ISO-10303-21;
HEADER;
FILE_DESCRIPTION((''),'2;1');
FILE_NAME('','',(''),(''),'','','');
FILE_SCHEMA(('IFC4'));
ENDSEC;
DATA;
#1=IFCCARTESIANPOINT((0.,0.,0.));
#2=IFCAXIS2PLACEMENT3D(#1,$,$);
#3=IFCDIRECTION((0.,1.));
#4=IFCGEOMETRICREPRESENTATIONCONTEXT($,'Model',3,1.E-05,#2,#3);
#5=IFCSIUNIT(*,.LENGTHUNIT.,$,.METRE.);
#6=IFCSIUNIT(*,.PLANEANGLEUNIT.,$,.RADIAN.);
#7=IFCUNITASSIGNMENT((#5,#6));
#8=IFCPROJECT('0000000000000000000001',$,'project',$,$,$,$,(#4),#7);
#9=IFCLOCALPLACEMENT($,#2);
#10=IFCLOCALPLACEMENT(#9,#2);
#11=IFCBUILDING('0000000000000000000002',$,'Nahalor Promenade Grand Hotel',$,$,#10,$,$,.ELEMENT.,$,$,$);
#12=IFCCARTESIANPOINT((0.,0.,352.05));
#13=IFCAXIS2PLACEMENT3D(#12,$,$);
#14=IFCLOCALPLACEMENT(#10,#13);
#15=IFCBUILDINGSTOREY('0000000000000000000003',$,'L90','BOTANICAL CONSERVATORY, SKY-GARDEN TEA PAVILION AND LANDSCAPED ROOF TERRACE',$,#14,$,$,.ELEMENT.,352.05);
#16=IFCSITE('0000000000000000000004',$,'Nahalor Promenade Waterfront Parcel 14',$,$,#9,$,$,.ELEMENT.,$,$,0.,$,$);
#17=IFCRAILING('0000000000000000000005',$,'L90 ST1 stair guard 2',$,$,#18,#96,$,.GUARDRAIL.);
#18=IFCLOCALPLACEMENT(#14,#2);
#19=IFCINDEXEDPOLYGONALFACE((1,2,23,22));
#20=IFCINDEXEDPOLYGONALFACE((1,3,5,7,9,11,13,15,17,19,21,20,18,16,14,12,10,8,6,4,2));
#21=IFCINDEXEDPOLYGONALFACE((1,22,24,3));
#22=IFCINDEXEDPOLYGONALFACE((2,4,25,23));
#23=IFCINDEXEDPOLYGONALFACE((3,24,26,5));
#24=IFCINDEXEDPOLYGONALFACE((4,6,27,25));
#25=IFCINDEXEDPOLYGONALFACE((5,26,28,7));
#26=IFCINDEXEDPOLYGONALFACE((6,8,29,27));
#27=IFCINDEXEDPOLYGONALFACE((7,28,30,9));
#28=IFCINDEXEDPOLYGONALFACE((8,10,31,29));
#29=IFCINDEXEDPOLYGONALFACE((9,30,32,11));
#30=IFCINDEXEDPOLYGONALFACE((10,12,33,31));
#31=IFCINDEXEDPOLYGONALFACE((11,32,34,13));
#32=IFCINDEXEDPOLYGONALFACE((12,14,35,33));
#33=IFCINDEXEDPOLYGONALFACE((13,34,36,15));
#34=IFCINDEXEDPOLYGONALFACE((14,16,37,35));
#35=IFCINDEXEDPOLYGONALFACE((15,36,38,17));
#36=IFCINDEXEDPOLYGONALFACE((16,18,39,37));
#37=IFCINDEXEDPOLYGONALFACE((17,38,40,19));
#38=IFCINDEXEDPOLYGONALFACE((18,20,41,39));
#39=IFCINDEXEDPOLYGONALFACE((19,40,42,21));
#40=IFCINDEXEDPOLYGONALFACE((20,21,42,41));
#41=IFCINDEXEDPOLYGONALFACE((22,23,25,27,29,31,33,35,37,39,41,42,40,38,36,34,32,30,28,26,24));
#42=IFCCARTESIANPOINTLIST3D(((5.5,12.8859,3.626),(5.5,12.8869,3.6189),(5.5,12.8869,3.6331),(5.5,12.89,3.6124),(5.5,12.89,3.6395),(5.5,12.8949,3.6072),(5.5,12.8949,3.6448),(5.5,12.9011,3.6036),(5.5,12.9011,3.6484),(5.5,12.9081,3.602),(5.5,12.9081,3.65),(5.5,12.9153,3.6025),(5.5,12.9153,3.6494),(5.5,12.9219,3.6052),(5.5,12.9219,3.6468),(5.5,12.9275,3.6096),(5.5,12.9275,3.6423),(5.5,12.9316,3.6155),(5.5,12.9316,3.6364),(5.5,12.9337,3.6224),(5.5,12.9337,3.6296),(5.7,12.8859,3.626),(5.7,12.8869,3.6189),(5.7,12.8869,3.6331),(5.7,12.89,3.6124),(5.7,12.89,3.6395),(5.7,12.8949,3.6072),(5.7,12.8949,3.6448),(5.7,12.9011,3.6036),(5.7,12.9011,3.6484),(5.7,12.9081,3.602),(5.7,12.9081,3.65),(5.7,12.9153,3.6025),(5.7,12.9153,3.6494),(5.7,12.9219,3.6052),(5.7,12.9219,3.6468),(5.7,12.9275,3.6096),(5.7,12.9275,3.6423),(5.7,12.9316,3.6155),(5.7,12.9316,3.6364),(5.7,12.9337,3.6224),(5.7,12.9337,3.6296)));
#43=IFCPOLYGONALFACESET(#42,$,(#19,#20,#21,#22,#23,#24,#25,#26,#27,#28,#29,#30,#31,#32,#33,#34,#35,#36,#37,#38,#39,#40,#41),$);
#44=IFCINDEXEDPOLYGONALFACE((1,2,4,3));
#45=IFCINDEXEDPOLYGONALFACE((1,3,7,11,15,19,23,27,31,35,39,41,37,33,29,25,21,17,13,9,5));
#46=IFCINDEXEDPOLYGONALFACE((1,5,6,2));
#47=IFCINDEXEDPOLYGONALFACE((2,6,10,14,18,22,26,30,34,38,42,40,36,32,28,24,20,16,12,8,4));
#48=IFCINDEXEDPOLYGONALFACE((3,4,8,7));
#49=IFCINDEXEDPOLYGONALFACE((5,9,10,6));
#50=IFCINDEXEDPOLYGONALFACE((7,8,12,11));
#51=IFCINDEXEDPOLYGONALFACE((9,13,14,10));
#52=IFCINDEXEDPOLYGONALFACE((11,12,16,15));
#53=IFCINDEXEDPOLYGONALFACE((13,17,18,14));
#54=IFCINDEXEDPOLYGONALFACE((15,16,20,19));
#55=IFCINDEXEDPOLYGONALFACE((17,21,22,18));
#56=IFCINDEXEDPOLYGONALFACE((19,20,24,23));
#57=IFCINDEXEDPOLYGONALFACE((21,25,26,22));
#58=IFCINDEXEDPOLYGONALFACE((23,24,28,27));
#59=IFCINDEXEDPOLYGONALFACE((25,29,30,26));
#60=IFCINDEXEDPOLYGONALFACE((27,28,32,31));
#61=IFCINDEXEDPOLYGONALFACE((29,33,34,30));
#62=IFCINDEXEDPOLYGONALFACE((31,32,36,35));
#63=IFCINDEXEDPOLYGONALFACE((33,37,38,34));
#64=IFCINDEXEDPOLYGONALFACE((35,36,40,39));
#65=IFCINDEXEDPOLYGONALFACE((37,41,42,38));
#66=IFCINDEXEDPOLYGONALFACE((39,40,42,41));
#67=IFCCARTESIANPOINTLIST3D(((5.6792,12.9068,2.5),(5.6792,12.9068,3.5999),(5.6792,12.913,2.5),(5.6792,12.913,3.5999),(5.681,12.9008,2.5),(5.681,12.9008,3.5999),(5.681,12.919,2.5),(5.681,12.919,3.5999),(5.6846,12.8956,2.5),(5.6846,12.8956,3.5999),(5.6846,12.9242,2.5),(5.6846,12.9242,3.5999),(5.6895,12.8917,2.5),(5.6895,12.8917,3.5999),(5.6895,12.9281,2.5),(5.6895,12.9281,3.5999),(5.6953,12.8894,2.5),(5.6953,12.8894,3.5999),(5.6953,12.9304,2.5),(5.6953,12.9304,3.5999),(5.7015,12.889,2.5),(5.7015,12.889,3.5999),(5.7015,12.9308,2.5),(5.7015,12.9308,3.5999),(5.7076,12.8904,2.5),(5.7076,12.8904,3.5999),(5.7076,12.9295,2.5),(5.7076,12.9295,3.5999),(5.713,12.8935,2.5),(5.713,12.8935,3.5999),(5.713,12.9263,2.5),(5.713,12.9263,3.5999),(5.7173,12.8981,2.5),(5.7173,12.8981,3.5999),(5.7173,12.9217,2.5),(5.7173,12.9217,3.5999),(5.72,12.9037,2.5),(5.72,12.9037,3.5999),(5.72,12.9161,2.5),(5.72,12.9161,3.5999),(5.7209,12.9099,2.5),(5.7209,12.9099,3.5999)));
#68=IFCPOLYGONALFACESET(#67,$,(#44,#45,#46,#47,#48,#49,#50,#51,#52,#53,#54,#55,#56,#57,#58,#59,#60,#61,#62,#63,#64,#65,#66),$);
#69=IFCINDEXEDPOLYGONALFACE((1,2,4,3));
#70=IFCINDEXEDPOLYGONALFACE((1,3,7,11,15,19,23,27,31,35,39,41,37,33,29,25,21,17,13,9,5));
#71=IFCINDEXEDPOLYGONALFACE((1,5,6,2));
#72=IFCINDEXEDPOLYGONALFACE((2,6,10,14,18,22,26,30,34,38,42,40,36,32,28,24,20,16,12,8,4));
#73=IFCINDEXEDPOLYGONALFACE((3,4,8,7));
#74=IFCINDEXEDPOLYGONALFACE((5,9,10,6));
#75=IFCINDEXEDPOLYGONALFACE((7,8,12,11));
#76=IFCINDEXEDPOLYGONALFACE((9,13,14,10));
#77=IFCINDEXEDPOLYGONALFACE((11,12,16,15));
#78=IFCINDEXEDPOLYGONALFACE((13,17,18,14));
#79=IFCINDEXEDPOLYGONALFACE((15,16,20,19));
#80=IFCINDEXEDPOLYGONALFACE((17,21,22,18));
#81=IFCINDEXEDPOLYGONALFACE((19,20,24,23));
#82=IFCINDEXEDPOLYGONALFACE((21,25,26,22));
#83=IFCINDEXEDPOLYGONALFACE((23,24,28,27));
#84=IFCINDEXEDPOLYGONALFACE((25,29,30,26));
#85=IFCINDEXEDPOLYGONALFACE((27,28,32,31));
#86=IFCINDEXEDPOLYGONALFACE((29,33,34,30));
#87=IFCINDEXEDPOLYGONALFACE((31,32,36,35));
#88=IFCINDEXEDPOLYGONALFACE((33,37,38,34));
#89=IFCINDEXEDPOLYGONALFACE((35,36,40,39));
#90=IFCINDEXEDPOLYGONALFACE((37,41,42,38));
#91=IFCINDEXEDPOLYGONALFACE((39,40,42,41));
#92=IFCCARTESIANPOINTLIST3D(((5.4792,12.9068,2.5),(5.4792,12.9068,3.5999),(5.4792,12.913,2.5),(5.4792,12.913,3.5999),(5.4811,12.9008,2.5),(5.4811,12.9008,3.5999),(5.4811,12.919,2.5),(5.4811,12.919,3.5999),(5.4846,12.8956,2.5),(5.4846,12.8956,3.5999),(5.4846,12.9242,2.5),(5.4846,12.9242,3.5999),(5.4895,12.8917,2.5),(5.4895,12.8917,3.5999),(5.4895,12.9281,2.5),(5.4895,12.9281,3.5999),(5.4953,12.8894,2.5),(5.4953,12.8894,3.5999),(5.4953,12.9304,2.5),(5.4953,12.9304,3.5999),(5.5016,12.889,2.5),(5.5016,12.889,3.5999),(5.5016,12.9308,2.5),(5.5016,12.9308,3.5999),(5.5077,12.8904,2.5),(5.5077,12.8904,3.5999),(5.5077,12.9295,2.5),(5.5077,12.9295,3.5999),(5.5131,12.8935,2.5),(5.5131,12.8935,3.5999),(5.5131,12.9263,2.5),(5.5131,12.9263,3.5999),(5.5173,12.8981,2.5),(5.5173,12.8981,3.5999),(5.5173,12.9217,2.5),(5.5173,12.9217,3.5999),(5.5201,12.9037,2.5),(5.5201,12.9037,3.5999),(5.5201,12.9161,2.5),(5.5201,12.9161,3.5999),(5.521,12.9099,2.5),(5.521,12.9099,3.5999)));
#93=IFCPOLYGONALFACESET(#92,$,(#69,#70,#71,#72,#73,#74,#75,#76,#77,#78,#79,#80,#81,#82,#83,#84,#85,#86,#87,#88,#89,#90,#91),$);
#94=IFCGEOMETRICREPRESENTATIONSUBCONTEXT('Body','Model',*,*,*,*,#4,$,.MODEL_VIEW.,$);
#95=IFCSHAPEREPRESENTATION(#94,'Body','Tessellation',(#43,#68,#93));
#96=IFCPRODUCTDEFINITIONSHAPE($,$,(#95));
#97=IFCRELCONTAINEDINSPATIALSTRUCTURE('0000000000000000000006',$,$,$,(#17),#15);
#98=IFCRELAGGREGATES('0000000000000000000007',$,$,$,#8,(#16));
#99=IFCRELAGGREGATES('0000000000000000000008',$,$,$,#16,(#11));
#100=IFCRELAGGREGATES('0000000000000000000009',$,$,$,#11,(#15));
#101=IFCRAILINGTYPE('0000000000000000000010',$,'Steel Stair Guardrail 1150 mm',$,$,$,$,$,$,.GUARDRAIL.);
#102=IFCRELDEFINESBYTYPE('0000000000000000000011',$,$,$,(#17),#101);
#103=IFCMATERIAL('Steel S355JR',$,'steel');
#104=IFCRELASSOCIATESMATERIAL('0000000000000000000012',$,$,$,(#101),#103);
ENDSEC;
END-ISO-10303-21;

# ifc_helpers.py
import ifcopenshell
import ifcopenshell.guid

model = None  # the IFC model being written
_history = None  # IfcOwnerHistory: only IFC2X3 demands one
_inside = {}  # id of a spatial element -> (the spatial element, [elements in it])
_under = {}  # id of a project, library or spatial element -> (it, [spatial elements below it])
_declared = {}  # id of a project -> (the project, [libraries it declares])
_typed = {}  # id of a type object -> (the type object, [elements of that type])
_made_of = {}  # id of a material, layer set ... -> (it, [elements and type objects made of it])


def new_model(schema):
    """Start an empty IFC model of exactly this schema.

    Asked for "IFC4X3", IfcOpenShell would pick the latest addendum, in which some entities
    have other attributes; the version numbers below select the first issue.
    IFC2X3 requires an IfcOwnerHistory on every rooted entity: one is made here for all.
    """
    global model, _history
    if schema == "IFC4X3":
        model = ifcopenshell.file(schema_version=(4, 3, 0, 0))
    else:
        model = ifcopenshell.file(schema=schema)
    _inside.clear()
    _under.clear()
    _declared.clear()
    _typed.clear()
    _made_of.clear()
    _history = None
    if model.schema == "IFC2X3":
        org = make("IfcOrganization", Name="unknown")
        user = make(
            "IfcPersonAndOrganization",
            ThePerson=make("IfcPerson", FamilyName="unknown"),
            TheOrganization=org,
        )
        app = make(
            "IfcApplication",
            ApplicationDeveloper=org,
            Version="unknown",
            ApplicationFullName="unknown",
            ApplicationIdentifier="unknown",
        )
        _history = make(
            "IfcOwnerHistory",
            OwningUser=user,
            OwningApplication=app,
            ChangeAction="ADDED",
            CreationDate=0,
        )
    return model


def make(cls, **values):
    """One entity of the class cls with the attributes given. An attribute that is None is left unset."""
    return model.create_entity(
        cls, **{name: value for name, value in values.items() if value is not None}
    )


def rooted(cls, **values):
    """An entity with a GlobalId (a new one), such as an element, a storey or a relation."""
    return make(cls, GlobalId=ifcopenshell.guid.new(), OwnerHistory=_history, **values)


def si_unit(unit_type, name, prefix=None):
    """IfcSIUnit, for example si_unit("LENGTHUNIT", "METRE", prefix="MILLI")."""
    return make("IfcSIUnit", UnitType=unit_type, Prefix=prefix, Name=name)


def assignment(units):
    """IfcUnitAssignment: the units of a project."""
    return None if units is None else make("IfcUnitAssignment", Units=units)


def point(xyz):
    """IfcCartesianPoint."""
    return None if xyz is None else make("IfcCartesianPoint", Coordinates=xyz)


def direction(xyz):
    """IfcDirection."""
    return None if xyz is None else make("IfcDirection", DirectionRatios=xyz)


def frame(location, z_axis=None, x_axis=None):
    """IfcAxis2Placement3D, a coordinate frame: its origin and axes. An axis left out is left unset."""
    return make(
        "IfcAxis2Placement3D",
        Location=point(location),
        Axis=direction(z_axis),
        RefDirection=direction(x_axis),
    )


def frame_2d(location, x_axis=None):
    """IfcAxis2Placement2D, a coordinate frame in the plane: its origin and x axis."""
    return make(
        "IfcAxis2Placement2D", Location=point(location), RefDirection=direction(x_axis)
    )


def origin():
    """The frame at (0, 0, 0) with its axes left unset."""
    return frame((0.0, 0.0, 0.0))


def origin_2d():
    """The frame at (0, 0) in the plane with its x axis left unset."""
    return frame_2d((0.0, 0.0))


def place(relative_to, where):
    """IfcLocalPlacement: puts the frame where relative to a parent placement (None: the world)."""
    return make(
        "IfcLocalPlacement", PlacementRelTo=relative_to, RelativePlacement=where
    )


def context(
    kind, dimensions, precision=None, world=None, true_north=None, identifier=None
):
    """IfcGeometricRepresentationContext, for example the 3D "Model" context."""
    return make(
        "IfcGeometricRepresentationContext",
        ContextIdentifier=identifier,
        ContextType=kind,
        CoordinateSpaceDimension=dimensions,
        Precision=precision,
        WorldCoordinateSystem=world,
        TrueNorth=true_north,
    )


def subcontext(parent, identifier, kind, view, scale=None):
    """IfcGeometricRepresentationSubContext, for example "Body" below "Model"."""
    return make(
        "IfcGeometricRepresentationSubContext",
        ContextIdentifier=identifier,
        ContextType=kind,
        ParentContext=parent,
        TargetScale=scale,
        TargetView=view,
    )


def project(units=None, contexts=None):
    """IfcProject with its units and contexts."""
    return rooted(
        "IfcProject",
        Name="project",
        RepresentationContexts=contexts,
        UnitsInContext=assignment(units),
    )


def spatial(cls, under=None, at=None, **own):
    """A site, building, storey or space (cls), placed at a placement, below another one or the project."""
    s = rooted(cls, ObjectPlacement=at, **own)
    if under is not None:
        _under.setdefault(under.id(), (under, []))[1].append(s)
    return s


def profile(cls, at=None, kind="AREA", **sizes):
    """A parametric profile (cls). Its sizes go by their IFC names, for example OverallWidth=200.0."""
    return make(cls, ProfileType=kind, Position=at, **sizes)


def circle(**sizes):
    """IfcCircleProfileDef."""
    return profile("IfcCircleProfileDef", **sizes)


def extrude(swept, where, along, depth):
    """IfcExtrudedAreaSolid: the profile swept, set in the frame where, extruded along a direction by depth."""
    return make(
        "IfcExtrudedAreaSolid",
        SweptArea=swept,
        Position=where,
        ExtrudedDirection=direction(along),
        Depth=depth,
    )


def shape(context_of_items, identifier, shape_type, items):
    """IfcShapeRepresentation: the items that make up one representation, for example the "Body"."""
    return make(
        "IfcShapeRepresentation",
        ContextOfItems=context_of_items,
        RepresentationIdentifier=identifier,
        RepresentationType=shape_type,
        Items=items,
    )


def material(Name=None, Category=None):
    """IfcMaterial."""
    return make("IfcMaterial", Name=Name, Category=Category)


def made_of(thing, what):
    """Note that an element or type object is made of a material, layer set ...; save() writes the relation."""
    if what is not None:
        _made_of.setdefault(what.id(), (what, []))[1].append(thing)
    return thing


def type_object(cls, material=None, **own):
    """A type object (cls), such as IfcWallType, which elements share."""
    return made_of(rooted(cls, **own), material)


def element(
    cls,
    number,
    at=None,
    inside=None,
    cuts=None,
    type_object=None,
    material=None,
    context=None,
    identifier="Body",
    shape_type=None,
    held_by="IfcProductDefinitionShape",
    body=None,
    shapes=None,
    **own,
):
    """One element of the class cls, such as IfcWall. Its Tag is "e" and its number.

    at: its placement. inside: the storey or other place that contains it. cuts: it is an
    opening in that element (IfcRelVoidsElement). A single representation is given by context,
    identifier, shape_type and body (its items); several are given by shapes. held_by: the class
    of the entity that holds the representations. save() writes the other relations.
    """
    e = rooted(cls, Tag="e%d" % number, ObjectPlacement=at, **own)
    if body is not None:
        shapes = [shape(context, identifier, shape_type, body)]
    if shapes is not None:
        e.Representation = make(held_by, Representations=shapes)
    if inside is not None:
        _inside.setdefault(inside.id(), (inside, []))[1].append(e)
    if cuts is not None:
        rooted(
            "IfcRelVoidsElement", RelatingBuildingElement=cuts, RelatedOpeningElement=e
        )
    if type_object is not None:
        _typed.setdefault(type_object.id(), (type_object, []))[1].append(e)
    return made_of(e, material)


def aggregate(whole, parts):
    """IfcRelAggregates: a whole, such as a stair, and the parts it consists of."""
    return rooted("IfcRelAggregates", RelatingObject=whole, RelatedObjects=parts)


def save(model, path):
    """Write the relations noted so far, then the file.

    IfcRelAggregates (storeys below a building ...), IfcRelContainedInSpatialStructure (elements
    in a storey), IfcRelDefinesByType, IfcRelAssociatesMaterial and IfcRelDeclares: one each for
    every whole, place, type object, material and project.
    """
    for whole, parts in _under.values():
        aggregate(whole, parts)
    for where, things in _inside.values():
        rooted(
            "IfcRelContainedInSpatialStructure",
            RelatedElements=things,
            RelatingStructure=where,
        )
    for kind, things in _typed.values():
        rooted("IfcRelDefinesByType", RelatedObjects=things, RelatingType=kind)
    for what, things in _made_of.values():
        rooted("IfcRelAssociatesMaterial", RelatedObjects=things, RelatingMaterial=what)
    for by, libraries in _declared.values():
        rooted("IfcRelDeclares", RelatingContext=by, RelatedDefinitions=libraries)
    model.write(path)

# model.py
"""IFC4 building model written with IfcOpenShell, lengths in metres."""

from ifc_helpers import new_model, si_unit, direction, frame, origin, origin_2d, place, context, subcontext, project, spatial, circle, extrude, material, type_object, element, save


model = new_model("IFC4")

# Units and contexts
model_context = context("Model", 3, precision=1e-05, world=origin(), true_north=direction((0.0, 1.0)))
body_context = subcontext(model_context, "Body", "Model", "MODEL_VIEW")
ifc_project = project(units=[si_unit("LENGTHUNIT", "METRE"), si_unit("PLANEANGLEUNIT", "RADIAN")], contexts=[model_context])

# Site, building, storey
site_placement = place(None, origin())
site = spatial("IfcSite", under=ifc_project, at=site_placement, Name="Nahalor Promenade Waterfront Parcel 14", CompositionType="ELEMENT", RefElevation=0.0)
building_placement = place(site_placement, origin())
building = spatial("IfcBuilding", under=site, at=building_placement, Name="Nahalor Promenade Grand Hotel", CompositionType="ELEMENT")
storey_placement = place(building_placement, frame((0.0, 0.0, 352.05)))
storey = spatial("IfcBuildingStorey", under=building, at=storey_placement, Name="L90", Description="BOTANICAL CONSERVATORY, SKY-GARDEN TEA PAVILION AND LANDSCAPED ROOF TERRACE", CompositionType="ELEMENT", Elevation=352.05)

# Shared definitions
ifc_material_1 = material(Name="Steel S355JR", Category="steel")

# Railing
railing_type_1 = type_object("IfcRailingType", Name="Steel Stair Guardrail 1150 mm", PredefinedType="GUARDRAIL", material=ifc_material_1)
railing_1_placement = place(storey_placement, frame((5.7, 12.9099, 2.5)))
element("IfcRailing", 1, at=railing_1_placement, inside=storey, type_object=railing_type_1, Name="L90 ST1 stair guard 2", PredefinedType="GUARDRAIL", context=body_context, shape_type="SweptSolid", body=[
    extrude(circle(Radius=0.024, at=origin_2d()), frame((0.0, 0.0, 1.126), z_axis=(-1.0, 0.0, 0.0), x_axis=(0.0, -1.0, 0.0)), (0.0, 0.0, 1.0), 0.2),
    extrude(circle(Radius=0.021, at=origin_2d()), origin(), (0.0, 0.0, 1.0), 1.0999),
    extrude(circle(Radius=0.021, at=origin_2d()), frame((-0.2, 0.0, 0.0)), (0.0, 0.0, 1.0), 1.0999),
])

save(model, "model.ifc")
